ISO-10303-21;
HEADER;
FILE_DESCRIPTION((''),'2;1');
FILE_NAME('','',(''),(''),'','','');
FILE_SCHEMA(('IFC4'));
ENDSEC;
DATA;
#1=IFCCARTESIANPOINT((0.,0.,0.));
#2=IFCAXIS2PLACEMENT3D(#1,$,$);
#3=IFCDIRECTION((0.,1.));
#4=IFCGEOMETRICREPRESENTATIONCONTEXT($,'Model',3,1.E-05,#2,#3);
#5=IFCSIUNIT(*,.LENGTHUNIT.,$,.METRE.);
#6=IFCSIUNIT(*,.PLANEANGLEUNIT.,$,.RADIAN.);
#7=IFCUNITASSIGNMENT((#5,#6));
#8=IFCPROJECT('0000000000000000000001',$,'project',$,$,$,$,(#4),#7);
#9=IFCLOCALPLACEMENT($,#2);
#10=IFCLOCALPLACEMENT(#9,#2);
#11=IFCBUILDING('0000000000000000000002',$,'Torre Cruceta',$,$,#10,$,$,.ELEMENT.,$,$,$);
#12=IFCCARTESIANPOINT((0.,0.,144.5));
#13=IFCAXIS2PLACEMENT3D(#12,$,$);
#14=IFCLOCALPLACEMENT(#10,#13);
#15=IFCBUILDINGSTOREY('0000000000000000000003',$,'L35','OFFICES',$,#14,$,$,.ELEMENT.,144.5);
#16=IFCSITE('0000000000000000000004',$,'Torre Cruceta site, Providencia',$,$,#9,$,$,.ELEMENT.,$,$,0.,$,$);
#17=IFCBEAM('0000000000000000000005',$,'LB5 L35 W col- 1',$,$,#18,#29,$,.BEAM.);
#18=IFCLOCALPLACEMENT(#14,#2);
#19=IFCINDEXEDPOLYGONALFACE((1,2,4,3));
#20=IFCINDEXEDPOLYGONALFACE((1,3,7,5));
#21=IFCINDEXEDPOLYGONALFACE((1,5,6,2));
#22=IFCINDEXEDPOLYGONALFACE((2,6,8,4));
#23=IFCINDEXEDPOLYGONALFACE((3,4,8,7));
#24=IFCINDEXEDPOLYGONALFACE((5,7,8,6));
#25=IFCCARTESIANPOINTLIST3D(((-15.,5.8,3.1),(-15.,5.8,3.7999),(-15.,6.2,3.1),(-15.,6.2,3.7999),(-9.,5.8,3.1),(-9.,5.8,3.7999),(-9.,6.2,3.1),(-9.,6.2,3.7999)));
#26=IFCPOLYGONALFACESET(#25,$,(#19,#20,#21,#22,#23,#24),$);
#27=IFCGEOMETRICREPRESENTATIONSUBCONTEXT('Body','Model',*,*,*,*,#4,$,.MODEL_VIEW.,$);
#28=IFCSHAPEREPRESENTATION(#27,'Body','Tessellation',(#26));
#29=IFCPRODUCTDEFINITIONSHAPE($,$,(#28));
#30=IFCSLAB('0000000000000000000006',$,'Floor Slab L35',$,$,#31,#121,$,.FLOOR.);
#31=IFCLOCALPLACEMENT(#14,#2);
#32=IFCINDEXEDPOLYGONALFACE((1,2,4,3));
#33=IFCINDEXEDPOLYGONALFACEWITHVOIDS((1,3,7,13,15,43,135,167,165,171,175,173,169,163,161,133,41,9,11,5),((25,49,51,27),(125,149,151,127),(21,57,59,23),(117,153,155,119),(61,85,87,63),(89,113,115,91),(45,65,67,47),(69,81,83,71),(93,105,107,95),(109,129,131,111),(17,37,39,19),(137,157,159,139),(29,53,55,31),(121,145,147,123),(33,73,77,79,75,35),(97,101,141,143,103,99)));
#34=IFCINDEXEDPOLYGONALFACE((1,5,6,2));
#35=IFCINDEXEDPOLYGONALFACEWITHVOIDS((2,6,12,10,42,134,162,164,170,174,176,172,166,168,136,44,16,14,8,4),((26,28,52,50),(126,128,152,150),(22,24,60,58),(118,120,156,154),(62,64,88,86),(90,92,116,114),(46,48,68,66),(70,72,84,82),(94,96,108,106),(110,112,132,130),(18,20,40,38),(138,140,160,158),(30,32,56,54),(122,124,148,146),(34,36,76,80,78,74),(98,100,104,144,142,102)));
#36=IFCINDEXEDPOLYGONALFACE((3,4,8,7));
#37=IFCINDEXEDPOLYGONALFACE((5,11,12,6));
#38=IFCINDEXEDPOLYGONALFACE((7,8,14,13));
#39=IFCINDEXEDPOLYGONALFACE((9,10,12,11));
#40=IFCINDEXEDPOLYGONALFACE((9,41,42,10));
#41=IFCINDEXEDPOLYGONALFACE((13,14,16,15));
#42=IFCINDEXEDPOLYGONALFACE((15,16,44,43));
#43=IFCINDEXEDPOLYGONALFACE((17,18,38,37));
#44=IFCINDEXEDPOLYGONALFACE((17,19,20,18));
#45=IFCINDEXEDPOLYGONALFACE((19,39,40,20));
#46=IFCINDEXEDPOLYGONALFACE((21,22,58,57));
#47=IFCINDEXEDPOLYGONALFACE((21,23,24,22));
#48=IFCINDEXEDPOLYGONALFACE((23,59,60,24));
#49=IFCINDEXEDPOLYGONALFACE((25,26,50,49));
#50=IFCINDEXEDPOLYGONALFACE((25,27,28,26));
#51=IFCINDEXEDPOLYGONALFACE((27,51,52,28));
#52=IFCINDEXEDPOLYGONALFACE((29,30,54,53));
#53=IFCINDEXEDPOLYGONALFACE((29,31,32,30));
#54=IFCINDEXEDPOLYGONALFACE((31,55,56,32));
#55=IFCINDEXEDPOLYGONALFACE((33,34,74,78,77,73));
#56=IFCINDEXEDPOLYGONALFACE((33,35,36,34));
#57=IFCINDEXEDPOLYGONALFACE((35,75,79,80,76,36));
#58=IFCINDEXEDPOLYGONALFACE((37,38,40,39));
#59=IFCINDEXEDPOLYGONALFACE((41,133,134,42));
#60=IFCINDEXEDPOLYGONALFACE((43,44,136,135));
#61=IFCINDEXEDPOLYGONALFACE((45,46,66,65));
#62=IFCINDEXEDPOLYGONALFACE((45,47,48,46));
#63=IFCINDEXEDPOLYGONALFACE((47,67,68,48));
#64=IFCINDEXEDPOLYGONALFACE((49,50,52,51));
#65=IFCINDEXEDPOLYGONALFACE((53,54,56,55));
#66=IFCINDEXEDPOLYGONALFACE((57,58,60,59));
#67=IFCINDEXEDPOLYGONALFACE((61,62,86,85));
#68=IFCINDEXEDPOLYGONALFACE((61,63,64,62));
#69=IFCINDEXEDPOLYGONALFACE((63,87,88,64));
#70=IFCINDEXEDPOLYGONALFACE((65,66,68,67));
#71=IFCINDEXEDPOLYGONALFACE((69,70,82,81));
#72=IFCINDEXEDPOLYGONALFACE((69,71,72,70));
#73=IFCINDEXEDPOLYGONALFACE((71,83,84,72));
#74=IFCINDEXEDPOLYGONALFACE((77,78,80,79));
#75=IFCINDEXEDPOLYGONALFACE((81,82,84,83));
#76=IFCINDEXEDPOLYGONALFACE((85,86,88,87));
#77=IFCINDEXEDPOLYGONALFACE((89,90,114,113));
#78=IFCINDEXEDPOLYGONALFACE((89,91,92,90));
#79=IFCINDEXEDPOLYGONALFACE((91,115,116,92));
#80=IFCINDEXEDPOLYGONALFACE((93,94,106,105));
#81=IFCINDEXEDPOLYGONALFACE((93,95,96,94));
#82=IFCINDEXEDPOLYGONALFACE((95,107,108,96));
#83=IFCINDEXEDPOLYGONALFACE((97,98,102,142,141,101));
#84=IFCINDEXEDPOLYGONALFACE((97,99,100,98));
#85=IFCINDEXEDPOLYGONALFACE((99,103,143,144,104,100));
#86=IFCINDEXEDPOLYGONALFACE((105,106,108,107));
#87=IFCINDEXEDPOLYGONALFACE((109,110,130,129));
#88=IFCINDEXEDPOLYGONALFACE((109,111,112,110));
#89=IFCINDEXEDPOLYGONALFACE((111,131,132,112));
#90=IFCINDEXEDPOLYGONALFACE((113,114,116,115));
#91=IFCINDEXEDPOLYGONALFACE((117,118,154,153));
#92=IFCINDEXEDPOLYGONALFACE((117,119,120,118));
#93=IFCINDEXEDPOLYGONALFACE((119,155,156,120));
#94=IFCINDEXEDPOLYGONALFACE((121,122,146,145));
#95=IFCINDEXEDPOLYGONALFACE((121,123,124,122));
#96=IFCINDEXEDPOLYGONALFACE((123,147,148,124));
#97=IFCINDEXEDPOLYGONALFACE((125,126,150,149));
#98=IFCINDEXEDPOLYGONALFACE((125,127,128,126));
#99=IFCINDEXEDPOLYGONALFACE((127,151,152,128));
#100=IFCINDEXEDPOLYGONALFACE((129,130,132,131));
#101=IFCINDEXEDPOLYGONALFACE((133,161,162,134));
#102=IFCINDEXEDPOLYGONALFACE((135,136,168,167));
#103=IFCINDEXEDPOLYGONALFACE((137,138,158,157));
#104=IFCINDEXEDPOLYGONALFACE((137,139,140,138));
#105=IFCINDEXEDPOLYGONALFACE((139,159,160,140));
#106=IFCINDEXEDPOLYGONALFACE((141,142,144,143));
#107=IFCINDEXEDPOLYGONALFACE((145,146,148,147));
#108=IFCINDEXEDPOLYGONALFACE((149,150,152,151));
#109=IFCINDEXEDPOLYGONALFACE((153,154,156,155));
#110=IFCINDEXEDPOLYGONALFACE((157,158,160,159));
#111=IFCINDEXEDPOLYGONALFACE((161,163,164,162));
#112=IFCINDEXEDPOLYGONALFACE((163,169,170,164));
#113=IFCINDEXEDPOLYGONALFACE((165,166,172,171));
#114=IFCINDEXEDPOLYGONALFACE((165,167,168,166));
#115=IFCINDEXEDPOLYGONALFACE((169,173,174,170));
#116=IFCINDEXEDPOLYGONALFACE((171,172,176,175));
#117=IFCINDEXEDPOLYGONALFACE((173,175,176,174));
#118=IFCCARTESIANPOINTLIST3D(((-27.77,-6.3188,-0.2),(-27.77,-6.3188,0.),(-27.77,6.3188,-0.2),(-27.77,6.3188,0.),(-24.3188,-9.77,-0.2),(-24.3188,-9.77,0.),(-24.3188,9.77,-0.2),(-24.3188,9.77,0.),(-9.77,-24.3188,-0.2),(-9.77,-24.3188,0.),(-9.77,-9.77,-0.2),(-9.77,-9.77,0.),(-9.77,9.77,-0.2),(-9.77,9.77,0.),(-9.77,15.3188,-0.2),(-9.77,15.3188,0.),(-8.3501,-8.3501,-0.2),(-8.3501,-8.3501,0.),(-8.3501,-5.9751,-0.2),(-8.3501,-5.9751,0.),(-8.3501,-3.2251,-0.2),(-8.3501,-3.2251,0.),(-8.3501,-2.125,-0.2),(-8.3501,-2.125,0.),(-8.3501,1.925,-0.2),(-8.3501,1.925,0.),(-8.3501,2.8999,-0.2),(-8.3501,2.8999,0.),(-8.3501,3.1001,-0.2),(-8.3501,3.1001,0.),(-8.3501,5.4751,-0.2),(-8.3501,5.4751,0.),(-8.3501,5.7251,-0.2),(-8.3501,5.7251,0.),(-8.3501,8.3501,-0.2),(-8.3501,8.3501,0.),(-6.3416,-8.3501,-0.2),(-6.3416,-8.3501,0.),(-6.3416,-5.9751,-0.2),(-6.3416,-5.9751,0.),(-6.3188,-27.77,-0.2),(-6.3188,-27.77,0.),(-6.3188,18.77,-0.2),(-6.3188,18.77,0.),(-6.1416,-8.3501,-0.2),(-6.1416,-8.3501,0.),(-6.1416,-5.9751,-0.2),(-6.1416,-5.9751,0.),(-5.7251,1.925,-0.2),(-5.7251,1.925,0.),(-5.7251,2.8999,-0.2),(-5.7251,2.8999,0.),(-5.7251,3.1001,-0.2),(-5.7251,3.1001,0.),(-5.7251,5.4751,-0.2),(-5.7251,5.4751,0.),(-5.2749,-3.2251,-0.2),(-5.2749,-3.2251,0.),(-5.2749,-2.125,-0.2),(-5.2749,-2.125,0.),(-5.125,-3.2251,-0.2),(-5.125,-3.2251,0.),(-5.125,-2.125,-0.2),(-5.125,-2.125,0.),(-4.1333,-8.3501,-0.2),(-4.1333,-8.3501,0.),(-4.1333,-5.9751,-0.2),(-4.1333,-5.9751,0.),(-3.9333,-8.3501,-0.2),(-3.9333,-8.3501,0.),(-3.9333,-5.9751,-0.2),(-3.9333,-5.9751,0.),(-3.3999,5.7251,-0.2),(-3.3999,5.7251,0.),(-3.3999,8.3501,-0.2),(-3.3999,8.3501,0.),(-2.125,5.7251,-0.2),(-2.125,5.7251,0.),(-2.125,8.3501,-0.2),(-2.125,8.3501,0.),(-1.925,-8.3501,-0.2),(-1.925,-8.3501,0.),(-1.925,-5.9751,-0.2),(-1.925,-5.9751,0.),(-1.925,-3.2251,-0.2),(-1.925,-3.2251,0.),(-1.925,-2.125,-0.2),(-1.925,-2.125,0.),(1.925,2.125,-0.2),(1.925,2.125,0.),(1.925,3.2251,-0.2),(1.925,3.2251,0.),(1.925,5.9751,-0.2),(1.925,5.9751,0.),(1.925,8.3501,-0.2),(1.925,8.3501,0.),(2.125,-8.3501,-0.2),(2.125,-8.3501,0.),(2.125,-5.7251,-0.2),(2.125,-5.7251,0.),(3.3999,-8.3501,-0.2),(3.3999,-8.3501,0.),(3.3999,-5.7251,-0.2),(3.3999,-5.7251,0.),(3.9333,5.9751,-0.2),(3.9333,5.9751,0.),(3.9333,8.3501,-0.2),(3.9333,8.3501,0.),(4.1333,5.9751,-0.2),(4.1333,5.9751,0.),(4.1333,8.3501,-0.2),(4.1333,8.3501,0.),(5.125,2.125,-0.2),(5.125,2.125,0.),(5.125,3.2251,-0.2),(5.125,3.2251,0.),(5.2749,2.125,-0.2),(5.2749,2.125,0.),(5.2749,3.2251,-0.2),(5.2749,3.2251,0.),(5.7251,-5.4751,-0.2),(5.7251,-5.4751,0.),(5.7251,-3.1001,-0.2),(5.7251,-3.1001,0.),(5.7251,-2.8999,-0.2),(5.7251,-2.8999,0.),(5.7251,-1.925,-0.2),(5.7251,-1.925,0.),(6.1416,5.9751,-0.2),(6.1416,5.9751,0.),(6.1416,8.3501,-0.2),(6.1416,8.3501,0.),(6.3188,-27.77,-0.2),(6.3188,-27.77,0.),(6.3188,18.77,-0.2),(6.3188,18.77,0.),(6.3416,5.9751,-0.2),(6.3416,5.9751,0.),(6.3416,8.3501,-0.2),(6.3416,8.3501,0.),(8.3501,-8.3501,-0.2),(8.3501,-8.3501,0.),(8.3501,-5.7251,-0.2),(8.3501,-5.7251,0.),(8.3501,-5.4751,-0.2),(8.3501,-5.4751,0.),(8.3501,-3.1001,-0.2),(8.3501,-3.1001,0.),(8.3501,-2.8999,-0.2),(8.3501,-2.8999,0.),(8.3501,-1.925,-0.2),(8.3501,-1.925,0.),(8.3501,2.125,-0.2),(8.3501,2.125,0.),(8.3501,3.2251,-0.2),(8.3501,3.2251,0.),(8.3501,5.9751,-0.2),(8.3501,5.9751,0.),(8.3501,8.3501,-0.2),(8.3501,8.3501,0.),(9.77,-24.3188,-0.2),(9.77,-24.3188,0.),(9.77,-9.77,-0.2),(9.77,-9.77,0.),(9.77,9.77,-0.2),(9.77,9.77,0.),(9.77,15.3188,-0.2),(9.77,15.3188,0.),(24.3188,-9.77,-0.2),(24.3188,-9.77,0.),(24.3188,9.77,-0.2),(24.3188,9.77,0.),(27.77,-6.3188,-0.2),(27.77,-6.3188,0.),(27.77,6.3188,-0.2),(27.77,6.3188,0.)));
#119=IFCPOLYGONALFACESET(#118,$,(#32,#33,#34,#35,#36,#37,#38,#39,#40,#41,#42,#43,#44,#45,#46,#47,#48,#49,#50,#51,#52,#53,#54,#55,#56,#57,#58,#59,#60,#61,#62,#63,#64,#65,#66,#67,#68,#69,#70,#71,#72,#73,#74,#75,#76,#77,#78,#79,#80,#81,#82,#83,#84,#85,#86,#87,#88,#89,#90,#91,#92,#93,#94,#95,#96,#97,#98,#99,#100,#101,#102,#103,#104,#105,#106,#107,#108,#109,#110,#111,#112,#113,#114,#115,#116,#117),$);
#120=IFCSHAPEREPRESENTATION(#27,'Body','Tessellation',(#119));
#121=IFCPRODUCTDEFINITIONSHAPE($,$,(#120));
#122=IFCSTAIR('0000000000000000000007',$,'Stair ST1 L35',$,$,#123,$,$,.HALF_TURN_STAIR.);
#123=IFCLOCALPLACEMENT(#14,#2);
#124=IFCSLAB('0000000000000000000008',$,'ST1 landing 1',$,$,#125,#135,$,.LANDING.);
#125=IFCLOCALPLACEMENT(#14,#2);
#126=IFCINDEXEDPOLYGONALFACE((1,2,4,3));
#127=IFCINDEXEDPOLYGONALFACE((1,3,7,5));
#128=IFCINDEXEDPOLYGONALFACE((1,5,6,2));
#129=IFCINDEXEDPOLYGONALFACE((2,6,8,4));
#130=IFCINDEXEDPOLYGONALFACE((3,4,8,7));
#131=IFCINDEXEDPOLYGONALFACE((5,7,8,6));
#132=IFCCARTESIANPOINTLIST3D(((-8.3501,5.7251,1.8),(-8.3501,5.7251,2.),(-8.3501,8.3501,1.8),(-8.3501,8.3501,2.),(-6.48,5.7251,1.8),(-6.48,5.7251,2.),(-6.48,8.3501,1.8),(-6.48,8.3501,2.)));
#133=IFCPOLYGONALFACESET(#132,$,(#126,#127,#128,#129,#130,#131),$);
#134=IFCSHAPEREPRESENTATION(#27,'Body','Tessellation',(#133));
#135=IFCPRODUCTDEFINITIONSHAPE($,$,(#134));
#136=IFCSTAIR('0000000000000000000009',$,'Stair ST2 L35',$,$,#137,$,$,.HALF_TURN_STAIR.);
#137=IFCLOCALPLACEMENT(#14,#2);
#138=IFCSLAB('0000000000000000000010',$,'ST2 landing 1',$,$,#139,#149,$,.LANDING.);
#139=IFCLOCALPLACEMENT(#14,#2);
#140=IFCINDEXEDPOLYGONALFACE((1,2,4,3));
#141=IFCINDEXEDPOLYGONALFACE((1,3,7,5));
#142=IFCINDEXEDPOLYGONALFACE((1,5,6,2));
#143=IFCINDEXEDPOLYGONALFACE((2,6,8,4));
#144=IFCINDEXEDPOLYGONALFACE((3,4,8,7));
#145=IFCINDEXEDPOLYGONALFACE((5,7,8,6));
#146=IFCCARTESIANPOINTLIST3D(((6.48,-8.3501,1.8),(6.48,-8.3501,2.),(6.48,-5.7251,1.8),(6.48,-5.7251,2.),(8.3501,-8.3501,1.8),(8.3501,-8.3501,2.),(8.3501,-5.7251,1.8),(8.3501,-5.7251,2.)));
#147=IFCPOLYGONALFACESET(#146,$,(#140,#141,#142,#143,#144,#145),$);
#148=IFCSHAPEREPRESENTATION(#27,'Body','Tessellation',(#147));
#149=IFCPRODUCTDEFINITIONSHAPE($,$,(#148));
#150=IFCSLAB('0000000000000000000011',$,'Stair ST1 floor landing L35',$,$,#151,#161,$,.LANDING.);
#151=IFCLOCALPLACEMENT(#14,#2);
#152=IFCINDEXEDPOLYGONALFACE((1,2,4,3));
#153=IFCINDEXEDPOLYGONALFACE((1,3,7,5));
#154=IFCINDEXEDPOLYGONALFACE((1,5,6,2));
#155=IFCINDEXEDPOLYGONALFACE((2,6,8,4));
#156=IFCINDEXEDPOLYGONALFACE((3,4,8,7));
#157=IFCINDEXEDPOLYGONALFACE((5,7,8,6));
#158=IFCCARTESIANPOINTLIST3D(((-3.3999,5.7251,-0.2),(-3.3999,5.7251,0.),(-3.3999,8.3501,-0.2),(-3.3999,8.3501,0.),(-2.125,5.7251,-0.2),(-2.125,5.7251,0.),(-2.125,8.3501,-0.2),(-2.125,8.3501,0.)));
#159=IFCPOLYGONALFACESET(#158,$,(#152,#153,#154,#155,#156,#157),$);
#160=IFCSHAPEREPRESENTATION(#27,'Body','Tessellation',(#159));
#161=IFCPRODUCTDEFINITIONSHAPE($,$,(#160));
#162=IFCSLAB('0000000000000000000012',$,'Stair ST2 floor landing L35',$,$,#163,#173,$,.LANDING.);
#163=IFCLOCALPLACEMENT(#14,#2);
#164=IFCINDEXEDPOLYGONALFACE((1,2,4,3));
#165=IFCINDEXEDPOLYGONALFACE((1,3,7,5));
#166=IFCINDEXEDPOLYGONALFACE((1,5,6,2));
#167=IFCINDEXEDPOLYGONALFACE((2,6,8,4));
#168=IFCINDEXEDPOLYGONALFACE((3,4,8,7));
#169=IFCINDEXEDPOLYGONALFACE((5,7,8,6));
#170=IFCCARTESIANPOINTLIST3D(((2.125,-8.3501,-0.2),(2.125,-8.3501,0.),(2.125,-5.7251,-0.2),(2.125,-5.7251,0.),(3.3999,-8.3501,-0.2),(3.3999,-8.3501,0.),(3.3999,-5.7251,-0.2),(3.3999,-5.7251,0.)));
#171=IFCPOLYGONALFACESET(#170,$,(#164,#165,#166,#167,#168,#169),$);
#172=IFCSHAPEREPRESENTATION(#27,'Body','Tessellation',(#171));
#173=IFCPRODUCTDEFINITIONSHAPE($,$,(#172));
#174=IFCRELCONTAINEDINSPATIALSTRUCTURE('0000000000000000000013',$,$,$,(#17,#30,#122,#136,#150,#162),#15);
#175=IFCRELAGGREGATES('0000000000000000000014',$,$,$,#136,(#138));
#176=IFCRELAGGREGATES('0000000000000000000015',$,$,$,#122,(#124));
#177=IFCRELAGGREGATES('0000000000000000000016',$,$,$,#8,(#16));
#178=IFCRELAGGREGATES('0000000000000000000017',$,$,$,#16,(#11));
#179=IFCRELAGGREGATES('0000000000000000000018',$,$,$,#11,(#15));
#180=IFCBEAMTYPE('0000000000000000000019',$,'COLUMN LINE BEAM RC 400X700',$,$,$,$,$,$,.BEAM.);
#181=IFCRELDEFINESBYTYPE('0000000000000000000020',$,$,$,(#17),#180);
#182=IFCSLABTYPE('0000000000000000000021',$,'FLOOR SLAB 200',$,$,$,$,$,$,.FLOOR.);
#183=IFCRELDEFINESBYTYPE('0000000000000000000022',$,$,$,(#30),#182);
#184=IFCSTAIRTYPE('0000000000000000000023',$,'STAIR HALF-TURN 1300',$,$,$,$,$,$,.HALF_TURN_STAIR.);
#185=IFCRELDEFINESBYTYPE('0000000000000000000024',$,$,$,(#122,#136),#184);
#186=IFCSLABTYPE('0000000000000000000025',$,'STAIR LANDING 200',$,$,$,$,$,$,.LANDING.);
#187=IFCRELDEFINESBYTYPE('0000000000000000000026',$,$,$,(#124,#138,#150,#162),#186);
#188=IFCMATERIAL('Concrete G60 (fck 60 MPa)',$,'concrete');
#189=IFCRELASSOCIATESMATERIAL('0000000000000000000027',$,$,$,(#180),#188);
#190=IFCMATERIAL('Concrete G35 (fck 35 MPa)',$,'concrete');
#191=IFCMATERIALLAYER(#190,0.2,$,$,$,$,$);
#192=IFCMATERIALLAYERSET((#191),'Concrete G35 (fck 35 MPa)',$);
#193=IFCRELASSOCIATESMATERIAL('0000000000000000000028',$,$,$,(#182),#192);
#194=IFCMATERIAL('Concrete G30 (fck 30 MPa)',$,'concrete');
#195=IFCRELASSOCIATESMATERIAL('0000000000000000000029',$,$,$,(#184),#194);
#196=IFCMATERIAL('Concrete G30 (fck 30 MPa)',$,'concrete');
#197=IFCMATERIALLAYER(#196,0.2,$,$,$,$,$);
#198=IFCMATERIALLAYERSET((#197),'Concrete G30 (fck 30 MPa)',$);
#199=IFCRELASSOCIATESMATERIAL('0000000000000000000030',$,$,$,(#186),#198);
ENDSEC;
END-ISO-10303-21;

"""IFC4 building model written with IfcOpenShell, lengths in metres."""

from ifc_helpers import new_model, si_unit, direction, frame, origin, origin_2d, place, context, subcontext, project, spatial, polyline, rectangle, outline, extrude, material, layer, layer_set, material_profile, profile_set, type_object, element, aggregate, save


model = new_model("IFC4")

# Units and contexts
model_context = context("Model", 3, precision=1e-05, world=origin(), true_north=direction((0.0, 1.0)))
body_context = subcontext(model_context, "Body", "Model", "MODEL_VIEW")
ifc_project = project(units=[si_unit("LENGTHUNIT", "METRE"), si_unit("PLANEANGLEUNIT", "RADIAN")], contexts=[model_context])

# Site, building, storey
site_placement = place(None, origin())
site = spatial("IfcSite", under=ifc_project, at=site_placement, Name="Torre Cruceta site, Providencia", CompositionType="ELEMENT", RefElevation=0.0)
building_placement = place(site_placement, origin())
building = spatial("IfcBuilding", under=site, at=building_placement, Name="Torre Cruceta", CompositionType="ELEMENT")
storey_placement = place(building_placement, frame((0.0, 0.0, 144.5)))
storey = spatial("IfcBuildingStorey", under=building, at=storey_placement, Name="L35", Description="OFFICES", CompositionType="ELEMENT", Elevation=144.5)

# Beam
ifc_material_1 = material(Name="Concrete G60 (fck 60 MPa)", Category="concrete")
ifc_material_profile = material_profile(ifc_material_1, rectangle(XDim=0.3999, YDim=0.7, at=origin_2d()), Name="RC 400X700")
ifc_profile_set = profile_set([ifc_material_profile], Name="Concrete G60 (fck 60 MPa)")
beam_type = type_object("IfcBeamType", Name="COLUMN LINE BEAM RC 400X700", PredefinedType="BEAM", material=ifc_profile_set)
beam_placement = place(storey_placement, frame((-9.0, 6.0, 3.45), z_axis=(-1.0, 0.0, 0.0), x_axis=(0.0, -1.0, 0.0)))
element("IfcBeam", 1, at=beam_placement, inside=storey, type_object=beam_type, Name="LB5 L35 W col- 1", PredefinedType="BEAM", context=body_context, shape_type="SweptSolid", body=[
    extrude(rectangle(XDim=0.3999, YDim=0.7, at=origin_2d()), origin(), (0.0, 0.0, 1.0), 6.0),
])

# Slab
ifc_material_2 = material(Name="Concrete G35 (fck 35 MPa)", Category="concrete")
ifc_layer_1 = layer(ifc_material_2, 0.2)
ifc_layer_set_1 = layer_set([ifc_layer_1], Name="Concrete G35 (fck 35 MPa)")
slab_type_1 = type_object("IfcSlabType", Name="FLOOR SLAB 200", PredefinedType="FLOOR", material=ifc_layer_set_1)
slab_1_placement = place(storey_placement, frame((0.0, 0.0, -0.2)))
element("IfcSlab", 2, at=slab_1_placement, inside=storey, type_object=slab_type_1, Name="Floor Slab L35", PredefinedType="FLOOR", context=body_context, shape_type="SweptSolid", body=[
    extrude(outline(polyline([(9.77, -9.77), (9.77, -24.3188), (6.3188, -27.77), (-6.3188, -27.77), (-9.77, -24.3188), (-9.77, -9.77), (-24.3188, -9.77), (-27.77, -6.3188), (-27.77, 6.3188), (-24.3188, 9.77), (-9.77, 9.77), (-9.77, 15.3188), (-6.3188, 18.77), (6.3188, 18.77), (9.77, 15.3188), (9.77, 9.77), (24.3188, 9.77), (27.77, 6.3188), (27.77, -6.3188), (24.3188, -9.77), (9.77, -9.77)]), holes=[polyline([(1.925, 5.9751), (3.9333, 5.9751), (3.9333, 8.3501), (1.925, 8.3501), (1.925, 5.9751)]), polyline([(4.1333, 5.9751), (6.1416, 5.9751), (6.1416, 8.3501), (4.1333, 8.3501), (4.1333, 5.9751)]), polyline([(6.3416, 5.9751), (8.3501, 5.9751), (8.3501, 8.3501), (6.3416, 8.3501), (6.3416, 5.9751)]), polyline([(1.925, 2.125), (5.125, 2.125), (5.125, 3.2251), (1.925, 3.2251), (1.925, 2.125)]), polyline([(5.2749, 2.125), (8.3501, 2.125), (8.3501, 3.2251), (5.2749, 3.2251), (5.2749, 2.125)]), polyline([(-8.3501, 3.1001), (-5.7251, 3.1001), (-5.7251, 5.4751), (-8.3501, 5.4751), (-8.3501, 3.1001)]), polyline([(-8.3501, 1.925), (-5.7251, 1.925), (-5.7251, 2.8999), (-8.3501, 2.8999), (-8.3501, 1.925)]), polyline([(-3.9333, -8.3501), (-1.925, -8.3501), (-1.925, -5.9751), (-3.9333, -5.9751), (-3.9333, -8.3501)]), polyline([(-6.1416, -8.3501), (-4.1333, -8.3501), (-4.1333, -5.9751), (-6.1416, -5.9751), (-6.1416, -8.3501)]), polyline([(-8.3501, -8.3501), (-6.3416, -8.3501), (-6.3416, -5.9751), (-8.3501, -5.9751), (-8.3501, -8.3501)]), polyline([(-5.125, -3.2251), (-1.925, -3.2251), (-1.925, -2.125), (-5.125, -2.125), (-5.125, -3.2251)]), polyline([(-8.3501, -3.2251), (-5.2749, -3.2251), (-5.2749, -2.125), (-8.3501, -2.125), (-8.3501, -3.2251)]), polyline([(5.7251, -5.4751), (8.3501, -5.4751), (8.3501, -3.1001), (5.7251, -3.1001), (5.7251, -5.4751)]), polyline([(5.7251, -2.8999), (8.3501, -2.8999), (8.3501, -1.925), (5.7251, -1.925), (5.7251, -2.8999)]), polyline([(-8.3501, 5.7251), (-8.3501, 8.3501), (-3.3999, 8.3501), (-2.125, 8.3501), (-2.125, 5.7251), (-3.3999, 5.7251), (-8.3501, 5.7251)]), polyline([(2.125, -5.7251), (3.3999, -5.7251), (8.3501, -5.7251), (8.3501, -8.3501), (3.3999, -8.3501), (2.125, -8.3501), (2.125, -5.7251)])]), origin(), (0.0, 0.0, 1.0), 0.2),
])

# Stairs, slabs
ifc_material_3 = material(Name="Concrete G30 (fck 30 MPa)", Category="concrete")
stair_type = type_object("IfcStairType", Name="STAIR HALF-TURN 1300", PredefinedType="HALF_TURN_STAIR", material=ifc_material_3)
stair_1_placement = place(storey_placement, origin())
stair_1 = element("IfcStair", 3, at=stair_1_placement, inside=storey, type_object=stair_type, Name="Stair ST1 L35", PredefinedType="HALF_TURN_STAIR")
ifc_material_4 = material(Name="Concrete G30 (fck 30 MPa)", Category="concrete")
ifc_layer_2 = layer(ifc_material_4, 0.2)
ifc_layer_set_2 = layer_set([ifc_layer_2], Name="Concrete G30 (fck 30 MPa)")
slab_type_2 = type_object("IfcSlabType", Name="STAIR LANDING 200", PredefinedType="LANDING", material=ifc_layer_set_2)
slab_2_placement = place(storey_placement, frame((0.0, 0.0, 1.8)))
slab_2 = element("IfcSlab", 4, at=slab_2_placement, type_object=slab_type_2, Name="ST1 landing 1", PredefinedType="LANDING", context=body_context, shape_type="SweptSolid", body=[
    extrude(outline(polyline([(-8.3501, 5.7251), (-6.48, 5.7251), (-6.48, 8.3501), (-8.3501, 8.3501), (-8.3501, 5.7251)])), origin(), (0.0, 0.0, 1.0), 0.2),
])
stair_2_placement = place(storey_placement, origin())
stair_2 = element("IfcStair", 5, at=stair_2_placement, inside=storey, type_object=stair_type, Name="Stair ST2 L35", PredefinedType="HALF_TURN_STAIR")
slab_3_placement = place(storey_placement, frame((0.0, 0.0, 1.8)))
slab_3 = element("IfcSlab", 6, at=slab_3_placement, type_object=slab_type_2, Name="ST2 landing 1", PredefinedType="LANDING", context=body_context, shape_type="SweptSolid", body=[
    extrude(outline(polyline([(6.48, -8.3501), (8.3501, -8.3501), (8.3501, -5.7251), (6.48, -5.7251), (6.48, -8.3501)])), origin(), (0.0, 0.0, 1.0), 0.2),
])
aggregate(stair_2, [slab_3])

# Slabs
slab_4_placement = place(storey_placement, frame((0.0, 0.0, -0.2)))
element("IfcSlab", 7, at=slab_4_placement, inside=storey, type_object=slab_type_2, Name="Stair ST1 floor landing L35", PredefinedType="LANDING", context=body_context, shape_type="SweptSolid", body=[
    extrude(outline(polyline([(-2.125, 8.3501), (-2.125, 5.7251), (-3.3999, 5.7251), (-3.3999, 8.3501), (-2.125, 8.3501)])), origin(), (0.0, 0.0, 1.0), 0.2),
])
slab_5_placement = place(storey_placement, frame((0.0, 0.0, -0.2)))
element("IfcSlab", 8, at=slab_5_placement, inside=storey, type_object=slab_type_2, Name="Stair ST2 floor landing L35", PredefinedType="LANDING", context=body_context, shape_type="SweptSolid", body=[
    extrude(outline(polyline([(2.125, -8.3501), (2.125, -5.7251), (3.3999, -5.7251), (3.3999, -8.3501), (2.125, -8.3501)])), origin(), (0.0, 0.0, 1.0), 0.2),
])

aggregate(stair_1, [slab_2])

save(model, "model.ifc")
